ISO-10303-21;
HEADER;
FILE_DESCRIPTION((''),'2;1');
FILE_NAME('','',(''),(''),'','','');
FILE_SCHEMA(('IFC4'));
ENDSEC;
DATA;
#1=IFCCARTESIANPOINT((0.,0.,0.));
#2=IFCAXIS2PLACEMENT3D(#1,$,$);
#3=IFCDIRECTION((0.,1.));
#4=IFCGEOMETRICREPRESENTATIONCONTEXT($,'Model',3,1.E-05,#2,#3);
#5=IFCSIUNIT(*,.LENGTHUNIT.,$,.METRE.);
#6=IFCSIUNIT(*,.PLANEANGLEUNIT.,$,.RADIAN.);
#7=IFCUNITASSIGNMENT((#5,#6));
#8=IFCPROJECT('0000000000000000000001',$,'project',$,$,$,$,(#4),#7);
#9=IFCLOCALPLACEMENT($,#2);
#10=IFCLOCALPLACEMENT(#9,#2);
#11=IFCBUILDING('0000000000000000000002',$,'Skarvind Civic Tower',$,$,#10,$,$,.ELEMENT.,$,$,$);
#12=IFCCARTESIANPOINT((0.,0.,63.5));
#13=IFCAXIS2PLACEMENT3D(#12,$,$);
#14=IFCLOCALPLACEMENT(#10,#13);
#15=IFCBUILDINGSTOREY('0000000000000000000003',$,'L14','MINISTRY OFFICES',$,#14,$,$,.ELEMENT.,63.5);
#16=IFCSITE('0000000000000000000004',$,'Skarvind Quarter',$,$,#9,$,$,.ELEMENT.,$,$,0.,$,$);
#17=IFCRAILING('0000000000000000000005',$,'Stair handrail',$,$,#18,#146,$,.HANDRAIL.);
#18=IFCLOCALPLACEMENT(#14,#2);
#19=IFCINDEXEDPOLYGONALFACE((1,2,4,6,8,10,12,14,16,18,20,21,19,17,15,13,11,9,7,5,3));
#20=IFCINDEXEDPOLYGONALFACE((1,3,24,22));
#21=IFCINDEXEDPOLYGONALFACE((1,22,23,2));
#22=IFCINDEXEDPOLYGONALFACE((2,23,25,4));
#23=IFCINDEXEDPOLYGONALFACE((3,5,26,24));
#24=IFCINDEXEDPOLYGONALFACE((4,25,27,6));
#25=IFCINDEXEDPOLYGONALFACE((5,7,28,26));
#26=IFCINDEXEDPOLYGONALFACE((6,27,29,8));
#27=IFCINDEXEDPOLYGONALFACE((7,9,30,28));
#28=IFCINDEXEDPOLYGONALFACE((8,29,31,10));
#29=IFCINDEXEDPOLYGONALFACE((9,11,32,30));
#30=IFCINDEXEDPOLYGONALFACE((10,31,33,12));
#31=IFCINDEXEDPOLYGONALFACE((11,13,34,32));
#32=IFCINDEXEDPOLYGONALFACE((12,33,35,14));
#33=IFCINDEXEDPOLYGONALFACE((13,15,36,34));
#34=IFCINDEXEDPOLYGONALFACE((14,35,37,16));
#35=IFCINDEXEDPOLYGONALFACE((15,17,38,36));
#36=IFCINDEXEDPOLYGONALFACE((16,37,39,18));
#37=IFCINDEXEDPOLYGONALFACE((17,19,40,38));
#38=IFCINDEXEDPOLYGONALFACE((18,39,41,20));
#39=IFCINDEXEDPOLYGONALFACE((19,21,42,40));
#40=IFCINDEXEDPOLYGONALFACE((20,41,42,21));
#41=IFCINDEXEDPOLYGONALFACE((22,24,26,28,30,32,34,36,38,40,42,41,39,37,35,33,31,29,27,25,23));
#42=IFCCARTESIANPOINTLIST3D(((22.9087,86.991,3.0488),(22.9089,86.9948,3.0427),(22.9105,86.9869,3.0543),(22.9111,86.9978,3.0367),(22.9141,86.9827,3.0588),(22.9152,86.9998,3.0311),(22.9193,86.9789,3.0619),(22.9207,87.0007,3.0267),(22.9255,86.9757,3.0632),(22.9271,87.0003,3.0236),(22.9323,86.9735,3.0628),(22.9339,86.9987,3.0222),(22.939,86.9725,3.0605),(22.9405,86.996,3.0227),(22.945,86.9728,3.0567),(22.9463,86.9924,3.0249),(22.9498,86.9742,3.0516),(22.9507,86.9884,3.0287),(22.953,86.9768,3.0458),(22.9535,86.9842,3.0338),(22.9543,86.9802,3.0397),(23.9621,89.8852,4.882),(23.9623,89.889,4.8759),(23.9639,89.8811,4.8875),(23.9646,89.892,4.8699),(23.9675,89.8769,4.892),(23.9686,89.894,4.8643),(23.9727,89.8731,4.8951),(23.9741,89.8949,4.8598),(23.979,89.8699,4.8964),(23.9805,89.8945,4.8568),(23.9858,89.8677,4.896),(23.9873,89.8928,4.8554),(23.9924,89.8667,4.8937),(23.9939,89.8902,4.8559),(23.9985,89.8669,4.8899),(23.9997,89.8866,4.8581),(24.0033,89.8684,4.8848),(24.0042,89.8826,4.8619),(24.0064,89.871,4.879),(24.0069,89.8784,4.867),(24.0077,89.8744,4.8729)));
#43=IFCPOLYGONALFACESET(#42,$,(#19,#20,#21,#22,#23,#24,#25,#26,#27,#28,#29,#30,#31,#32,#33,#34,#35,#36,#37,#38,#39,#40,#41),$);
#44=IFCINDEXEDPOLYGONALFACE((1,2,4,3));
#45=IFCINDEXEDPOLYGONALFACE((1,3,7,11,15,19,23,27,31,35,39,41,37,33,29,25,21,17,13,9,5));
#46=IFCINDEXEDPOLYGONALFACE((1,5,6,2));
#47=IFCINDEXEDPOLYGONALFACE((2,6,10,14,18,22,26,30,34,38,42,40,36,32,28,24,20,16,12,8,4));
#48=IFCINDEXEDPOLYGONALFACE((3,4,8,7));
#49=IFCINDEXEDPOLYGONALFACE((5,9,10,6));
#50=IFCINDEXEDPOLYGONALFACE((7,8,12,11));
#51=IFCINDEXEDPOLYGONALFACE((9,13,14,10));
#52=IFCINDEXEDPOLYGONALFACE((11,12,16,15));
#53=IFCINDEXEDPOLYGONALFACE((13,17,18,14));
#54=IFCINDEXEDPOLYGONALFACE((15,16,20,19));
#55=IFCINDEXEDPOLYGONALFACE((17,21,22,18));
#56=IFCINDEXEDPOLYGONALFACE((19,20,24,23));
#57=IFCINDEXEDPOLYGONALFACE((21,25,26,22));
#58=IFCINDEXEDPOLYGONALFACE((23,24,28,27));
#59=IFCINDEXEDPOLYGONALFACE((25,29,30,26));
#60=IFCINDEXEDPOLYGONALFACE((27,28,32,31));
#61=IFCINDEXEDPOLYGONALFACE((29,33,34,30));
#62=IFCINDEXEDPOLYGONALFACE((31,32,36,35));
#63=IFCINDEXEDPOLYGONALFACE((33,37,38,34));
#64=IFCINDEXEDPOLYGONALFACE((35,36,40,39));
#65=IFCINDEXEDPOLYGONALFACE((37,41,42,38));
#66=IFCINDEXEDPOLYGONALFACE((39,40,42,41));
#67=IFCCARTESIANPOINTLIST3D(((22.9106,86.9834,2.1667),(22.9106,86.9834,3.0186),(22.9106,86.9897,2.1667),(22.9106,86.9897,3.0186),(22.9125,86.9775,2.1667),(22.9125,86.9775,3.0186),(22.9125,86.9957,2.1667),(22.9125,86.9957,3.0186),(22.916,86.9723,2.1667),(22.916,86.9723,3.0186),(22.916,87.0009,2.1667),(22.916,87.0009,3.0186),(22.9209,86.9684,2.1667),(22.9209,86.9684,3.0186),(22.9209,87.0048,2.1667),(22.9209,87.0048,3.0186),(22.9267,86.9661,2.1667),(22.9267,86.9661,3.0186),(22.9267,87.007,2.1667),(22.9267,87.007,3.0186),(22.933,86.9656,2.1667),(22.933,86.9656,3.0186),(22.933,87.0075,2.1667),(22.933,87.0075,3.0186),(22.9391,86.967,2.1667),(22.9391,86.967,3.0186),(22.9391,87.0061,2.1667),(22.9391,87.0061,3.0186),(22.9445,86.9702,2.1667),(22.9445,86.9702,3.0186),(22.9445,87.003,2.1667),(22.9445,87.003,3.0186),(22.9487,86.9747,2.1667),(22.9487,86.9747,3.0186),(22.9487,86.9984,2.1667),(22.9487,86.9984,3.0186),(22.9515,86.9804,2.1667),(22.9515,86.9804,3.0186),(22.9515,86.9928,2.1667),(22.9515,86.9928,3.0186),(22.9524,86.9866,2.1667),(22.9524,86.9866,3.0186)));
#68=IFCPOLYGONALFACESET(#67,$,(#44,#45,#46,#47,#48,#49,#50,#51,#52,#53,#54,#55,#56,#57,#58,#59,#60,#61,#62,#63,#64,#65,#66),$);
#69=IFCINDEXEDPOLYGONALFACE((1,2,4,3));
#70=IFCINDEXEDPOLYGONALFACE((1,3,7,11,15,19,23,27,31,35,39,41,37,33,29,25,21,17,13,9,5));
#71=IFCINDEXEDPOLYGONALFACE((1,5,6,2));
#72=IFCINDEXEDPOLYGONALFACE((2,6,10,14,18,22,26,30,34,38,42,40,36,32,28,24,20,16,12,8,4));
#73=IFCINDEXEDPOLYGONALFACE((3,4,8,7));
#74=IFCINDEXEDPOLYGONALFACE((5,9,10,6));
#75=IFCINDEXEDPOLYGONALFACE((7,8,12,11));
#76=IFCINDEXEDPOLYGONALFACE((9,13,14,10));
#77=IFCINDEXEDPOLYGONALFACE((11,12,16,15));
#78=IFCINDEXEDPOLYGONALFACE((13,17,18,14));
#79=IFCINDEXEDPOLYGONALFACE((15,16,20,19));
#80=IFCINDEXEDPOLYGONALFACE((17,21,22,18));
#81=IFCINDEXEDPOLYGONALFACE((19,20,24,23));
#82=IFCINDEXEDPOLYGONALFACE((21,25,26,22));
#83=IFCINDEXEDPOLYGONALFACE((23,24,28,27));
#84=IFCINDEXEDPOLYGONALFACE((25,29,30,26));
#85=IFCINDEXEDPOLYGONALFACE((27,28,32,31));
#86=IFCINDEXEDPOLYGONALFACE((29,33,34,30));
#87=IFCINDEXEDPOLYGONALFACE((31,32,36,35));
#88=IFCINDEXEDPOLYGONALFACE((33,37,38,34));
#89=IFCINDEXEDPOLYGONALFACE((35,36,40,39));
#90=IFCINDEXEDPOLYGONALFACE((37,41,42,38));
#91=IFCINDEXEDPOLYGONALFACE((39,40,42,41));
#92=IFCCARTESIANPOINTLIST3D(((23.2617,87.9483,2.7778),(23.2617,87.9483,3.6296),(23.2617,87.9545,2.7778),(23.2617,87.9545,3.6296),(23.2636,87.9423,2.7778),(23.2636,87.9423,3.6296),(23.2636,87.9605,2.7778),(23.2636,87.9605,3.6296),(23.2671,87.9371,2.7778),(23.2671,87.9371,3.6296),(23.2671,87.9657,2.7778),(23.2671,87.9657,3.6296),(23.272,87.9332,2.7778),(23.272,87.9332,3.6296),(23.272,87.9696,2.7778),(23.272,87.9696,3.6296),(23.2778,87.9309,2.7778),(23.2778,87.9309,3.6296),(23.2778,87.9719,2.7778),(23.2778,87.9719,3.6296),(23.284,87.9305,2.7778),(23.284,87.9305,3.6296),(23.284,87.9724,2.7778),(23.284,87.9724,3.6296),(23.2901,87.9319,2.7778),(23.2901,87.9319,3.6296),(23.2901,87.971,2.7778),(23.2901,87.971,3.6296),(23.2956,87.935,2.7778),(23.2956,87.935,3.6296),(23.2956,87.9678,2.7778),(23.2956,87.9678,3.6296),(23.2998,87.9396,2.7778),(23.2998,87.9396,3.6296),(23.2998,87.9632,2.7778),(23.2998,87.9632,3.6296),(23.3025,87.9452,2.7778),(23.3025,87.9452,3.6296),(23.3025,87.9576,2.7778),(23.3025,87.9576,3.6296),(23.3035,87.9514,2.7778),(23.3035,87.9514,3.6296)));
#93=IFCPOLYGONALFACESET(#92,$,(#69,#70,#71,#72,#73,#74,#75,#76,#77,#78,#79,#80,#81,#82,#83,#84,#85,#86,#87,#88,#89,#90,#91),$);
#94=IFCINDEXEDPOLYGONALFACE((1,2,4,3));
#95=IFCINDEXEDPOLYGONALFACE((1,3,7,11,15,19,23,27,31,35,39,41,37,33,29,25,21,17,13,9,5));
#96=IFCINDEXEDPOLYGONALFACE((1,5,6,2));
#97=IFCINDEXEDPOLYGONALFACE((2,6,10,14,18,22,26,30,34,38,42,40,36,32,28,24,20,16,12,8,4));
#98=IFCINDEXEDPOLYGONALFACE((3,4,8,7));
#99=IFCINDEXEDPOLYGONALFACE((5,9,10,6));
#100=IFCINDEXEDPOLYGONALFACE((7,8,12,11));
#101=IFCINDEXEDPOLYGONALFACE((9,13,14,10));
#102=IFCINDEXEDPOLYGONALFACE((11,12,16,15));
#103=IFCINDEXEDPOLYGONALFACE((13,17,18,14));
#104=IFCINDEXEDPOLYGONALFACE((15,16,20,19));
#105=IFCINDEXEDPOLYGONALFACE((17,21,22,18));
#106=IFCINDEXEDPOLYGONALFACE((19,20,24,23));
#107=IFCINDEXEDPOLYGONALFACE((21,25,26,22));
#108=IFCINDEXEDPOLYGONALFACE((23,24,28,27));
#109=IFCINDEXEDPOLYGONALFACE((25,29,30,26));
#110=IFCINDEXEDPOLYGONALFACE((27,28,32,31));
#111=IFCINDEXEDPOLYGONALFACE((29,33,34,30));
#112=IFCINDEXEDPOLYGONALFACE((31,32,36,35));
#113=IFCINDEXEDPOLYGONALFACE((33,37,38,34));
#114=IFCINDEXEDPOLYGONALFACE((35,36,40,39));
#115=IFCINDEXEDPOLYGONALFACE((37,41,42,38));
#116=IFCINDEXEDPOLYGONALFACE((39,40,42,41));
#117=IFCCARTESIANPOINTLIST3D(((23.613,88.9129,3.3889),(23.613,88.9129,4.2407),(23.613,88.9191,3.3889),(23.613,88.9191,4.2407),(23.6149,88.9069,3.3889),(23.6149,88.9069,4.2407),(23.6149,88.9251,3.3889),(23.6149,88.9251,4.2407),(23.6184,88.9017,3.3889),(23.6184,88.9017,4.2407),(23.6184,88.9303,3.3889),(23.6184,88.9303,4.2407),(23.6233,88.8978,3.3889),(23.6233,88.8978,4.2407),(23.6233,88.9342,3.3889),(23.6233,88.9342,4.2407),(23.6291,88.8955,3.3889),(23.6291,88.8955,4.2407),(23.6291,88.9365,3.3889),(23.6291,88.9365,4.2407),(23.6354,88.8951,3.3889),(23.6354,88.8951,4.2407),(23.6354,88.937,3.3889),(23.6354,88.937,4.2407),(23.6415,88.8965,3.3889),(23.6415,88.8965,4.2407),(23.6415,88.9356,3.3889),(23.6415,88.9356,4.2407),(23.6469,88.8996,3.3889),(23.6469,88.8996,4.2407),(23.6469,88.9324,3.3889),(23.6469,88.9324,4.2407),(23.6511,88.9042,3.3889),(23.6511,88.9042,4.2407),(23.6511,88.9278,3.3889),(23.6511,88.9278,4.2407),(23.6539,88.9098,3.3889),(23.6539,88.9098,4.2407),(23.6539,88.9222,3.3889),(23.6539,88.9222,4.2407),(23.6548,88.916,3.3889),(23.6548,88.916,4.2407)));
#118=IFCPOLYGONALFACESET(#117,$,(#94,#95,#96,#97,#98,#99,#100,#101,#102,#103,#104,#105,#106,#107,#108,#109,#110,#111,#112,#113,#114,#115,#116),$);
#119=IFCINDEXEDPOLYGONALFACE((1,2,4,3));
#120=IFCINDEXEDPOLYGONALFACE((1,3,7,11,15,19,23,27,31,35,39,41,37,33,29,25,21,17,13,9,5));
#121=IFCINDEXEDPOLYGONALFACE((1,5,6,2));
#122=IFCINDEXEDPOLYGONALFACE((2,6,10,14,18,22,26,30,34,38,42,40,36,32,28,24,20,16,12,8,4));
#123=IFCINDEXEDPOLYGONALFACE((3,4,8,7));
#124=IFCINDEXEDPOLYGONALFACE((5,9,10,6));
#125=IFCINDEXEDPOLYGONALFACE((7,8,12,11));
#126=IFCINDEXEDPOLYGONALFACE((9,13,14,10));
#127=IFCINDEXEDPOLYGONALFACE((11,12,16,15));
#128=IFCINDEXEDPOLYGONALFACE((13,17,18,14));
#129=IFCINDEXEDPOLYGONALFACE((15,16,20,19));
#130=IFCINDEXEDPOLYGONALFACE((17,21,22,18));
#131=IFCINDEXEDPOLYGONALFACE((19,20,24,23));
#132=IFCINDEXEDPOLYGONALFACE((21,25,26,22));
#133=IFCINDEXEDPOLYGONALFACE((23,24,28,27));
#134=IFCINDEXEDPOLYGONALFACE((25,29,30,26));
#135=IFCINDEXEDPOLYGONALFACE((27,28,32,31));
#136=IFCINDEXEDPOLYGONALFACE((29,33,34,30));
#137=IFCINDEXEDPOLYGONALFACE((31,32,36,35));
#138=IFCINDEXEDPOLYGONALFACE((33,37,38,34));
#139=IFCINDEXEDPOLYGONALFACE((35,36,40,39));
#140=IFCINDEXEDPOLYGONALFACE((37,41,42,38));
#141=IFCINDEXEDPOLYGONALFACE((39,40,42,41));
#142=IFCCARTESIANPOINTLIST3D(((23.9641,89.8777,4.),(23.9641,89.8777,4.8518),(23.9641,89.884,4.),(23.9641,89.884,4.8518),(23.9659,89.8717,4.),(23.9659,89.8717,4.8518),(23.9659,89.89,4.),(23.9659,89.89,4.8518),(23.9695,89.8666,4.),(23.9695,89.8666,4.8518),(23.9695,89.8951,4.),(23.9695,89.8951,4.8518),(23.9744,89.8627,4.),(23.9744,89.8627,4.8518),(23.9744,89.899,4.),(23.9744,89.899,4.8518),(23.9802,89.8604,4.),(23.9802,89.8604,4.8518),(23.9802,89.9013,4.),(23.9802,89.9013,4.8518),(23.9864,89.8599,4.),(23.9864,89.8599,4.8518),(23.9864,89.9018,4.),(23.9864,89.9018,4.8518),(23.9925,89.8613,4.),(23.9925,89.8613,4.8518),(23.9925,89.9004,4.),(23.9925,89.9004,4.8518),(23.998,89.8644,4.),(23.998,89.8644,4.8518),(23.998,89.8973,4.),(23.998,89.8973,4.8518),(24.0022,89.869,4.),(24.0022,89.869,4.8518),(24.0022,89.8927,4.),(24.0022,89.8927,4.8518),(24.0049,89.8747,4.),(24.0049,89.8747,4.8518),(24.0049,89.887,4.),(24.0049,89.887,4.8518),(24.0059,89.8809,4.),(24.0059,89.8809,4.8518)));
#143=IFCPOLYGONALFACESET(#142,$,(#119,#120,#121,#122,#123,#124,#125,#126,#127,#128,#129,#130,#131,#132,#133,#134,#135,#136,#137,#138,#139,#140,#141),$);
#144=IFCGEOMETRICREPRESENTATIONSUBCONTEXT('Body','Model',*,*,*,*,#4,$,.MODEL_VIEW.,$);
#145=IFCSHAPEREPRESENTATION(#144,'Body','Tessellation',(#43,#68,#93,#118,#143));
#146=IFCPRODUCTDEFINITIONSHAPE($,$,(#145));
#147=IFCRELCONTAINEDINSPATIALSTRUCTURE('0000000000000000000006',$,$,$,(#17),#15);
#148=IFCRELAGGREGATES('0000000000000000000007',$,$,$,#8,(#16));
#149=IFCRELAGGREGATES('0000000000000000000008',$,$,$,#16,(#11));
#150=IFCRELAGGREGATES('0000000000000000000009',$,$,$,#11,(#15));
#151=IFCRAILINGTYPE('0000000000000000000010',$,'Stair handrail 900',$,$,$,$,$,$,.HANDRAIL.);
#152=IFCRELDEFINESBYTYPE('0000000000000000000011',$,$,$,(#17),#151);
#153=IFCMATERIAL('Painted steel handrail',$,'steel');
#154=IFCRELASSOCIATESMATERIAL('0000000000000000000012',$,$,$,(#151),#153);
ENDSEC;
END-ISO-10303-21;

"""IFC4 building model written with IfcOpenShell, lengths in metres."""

from ifc_helpers import new_model, si_unit, direction, frame, origin, origin_2d, place, context, subcontext, project, spatial, circle, extrude, material, type_object, element, save


model = new_model("IFC4")

# Units and contexts
model_context = context("Model", 3, precision=1e-05, world=origin(), true_north=direction((0.0, 1.0)))
body_context = subcontext(model_context, "Body", "Model", "MODEL_VIEW")
ifc_project = project(units=[si_unit("LENGTHUNIT", "METRE"), si_unit("PLANEANGLEUNIT", "RADIAN")], contexts=[model_context])

# Site, building, storey
site_placement = place(None, origin())
site = spatial("IfcSite", under=ifc_project, at=site_placement, Name="Skarvind Quarter", CompositionType="ELEMENT", RefElevation=0.0)
building_placement = place(site_placement, origin())
building = spatial("IfcBuilding", under=site, at=building_placement, Name="Skarvind Civic Tower", CompositionType="ELEMENT")
storey_placement = place(building_placement, frame((0.0, 0.0, 63.5)))
storey = spatial("IfcBuildingStorey", under=building, at=storey_placement, Name="L14", Description="MINISTRY OFFICES", CompositionType="ELEMENT", Elevation=63.5)

# Railing
ifc_material_1 = material(Name="Painted steel handrail", Category="steel")
railing_type = type_object("IfcRailingType", Name="Stair handrail 900", PredefinedType="HANDRAIL", material=ifc_material_1)
railing_1_placement = place(storey_placement, frame((22.9314, 86.9866, 2.1667)))
element("IfcRailing", 1, at=railing_1_placement, inside=storey, type_object=railing_type, Name="Stair handrail", PredefinedType="HANDRAIL", context=body_context, shape_type="SweptSolid", body=[
    extrude(circle(Radius=0.0239, at=origin_2d()), frame((0.0, 0.0, 0.876), z_axis=(0.293908, 0.807481, 0.511461), x_axis=(-0.939689, 0.342029, 0.0)), (0.0, 0.0, 1.0), 3.5842),
    extrude(circle(Radius=0.021, at=origin_2d()), origin(), (0.0, 0.0, 1.0), 0.8518),
    extrude(circle(Radius=0.021, at=origin_2d()), frame((0.3511, 0.9648, 0.6111)), (0.0, 0.0, 1.0), 0.8518),
    extrude(circle(Radius=0.021, at=origin_2d()), frame((0.7024, 1.9294, 1.2222)), (0.0, 0.0, 1.0), 0.8518),
    extrude(circle(Radius=0.021, at=origin_2d()), frame((1.0535, 2.8943, 1.8333)), (0.0, 0.0, 1.0), 0.8518),
])

save(model, "model.ifc")
